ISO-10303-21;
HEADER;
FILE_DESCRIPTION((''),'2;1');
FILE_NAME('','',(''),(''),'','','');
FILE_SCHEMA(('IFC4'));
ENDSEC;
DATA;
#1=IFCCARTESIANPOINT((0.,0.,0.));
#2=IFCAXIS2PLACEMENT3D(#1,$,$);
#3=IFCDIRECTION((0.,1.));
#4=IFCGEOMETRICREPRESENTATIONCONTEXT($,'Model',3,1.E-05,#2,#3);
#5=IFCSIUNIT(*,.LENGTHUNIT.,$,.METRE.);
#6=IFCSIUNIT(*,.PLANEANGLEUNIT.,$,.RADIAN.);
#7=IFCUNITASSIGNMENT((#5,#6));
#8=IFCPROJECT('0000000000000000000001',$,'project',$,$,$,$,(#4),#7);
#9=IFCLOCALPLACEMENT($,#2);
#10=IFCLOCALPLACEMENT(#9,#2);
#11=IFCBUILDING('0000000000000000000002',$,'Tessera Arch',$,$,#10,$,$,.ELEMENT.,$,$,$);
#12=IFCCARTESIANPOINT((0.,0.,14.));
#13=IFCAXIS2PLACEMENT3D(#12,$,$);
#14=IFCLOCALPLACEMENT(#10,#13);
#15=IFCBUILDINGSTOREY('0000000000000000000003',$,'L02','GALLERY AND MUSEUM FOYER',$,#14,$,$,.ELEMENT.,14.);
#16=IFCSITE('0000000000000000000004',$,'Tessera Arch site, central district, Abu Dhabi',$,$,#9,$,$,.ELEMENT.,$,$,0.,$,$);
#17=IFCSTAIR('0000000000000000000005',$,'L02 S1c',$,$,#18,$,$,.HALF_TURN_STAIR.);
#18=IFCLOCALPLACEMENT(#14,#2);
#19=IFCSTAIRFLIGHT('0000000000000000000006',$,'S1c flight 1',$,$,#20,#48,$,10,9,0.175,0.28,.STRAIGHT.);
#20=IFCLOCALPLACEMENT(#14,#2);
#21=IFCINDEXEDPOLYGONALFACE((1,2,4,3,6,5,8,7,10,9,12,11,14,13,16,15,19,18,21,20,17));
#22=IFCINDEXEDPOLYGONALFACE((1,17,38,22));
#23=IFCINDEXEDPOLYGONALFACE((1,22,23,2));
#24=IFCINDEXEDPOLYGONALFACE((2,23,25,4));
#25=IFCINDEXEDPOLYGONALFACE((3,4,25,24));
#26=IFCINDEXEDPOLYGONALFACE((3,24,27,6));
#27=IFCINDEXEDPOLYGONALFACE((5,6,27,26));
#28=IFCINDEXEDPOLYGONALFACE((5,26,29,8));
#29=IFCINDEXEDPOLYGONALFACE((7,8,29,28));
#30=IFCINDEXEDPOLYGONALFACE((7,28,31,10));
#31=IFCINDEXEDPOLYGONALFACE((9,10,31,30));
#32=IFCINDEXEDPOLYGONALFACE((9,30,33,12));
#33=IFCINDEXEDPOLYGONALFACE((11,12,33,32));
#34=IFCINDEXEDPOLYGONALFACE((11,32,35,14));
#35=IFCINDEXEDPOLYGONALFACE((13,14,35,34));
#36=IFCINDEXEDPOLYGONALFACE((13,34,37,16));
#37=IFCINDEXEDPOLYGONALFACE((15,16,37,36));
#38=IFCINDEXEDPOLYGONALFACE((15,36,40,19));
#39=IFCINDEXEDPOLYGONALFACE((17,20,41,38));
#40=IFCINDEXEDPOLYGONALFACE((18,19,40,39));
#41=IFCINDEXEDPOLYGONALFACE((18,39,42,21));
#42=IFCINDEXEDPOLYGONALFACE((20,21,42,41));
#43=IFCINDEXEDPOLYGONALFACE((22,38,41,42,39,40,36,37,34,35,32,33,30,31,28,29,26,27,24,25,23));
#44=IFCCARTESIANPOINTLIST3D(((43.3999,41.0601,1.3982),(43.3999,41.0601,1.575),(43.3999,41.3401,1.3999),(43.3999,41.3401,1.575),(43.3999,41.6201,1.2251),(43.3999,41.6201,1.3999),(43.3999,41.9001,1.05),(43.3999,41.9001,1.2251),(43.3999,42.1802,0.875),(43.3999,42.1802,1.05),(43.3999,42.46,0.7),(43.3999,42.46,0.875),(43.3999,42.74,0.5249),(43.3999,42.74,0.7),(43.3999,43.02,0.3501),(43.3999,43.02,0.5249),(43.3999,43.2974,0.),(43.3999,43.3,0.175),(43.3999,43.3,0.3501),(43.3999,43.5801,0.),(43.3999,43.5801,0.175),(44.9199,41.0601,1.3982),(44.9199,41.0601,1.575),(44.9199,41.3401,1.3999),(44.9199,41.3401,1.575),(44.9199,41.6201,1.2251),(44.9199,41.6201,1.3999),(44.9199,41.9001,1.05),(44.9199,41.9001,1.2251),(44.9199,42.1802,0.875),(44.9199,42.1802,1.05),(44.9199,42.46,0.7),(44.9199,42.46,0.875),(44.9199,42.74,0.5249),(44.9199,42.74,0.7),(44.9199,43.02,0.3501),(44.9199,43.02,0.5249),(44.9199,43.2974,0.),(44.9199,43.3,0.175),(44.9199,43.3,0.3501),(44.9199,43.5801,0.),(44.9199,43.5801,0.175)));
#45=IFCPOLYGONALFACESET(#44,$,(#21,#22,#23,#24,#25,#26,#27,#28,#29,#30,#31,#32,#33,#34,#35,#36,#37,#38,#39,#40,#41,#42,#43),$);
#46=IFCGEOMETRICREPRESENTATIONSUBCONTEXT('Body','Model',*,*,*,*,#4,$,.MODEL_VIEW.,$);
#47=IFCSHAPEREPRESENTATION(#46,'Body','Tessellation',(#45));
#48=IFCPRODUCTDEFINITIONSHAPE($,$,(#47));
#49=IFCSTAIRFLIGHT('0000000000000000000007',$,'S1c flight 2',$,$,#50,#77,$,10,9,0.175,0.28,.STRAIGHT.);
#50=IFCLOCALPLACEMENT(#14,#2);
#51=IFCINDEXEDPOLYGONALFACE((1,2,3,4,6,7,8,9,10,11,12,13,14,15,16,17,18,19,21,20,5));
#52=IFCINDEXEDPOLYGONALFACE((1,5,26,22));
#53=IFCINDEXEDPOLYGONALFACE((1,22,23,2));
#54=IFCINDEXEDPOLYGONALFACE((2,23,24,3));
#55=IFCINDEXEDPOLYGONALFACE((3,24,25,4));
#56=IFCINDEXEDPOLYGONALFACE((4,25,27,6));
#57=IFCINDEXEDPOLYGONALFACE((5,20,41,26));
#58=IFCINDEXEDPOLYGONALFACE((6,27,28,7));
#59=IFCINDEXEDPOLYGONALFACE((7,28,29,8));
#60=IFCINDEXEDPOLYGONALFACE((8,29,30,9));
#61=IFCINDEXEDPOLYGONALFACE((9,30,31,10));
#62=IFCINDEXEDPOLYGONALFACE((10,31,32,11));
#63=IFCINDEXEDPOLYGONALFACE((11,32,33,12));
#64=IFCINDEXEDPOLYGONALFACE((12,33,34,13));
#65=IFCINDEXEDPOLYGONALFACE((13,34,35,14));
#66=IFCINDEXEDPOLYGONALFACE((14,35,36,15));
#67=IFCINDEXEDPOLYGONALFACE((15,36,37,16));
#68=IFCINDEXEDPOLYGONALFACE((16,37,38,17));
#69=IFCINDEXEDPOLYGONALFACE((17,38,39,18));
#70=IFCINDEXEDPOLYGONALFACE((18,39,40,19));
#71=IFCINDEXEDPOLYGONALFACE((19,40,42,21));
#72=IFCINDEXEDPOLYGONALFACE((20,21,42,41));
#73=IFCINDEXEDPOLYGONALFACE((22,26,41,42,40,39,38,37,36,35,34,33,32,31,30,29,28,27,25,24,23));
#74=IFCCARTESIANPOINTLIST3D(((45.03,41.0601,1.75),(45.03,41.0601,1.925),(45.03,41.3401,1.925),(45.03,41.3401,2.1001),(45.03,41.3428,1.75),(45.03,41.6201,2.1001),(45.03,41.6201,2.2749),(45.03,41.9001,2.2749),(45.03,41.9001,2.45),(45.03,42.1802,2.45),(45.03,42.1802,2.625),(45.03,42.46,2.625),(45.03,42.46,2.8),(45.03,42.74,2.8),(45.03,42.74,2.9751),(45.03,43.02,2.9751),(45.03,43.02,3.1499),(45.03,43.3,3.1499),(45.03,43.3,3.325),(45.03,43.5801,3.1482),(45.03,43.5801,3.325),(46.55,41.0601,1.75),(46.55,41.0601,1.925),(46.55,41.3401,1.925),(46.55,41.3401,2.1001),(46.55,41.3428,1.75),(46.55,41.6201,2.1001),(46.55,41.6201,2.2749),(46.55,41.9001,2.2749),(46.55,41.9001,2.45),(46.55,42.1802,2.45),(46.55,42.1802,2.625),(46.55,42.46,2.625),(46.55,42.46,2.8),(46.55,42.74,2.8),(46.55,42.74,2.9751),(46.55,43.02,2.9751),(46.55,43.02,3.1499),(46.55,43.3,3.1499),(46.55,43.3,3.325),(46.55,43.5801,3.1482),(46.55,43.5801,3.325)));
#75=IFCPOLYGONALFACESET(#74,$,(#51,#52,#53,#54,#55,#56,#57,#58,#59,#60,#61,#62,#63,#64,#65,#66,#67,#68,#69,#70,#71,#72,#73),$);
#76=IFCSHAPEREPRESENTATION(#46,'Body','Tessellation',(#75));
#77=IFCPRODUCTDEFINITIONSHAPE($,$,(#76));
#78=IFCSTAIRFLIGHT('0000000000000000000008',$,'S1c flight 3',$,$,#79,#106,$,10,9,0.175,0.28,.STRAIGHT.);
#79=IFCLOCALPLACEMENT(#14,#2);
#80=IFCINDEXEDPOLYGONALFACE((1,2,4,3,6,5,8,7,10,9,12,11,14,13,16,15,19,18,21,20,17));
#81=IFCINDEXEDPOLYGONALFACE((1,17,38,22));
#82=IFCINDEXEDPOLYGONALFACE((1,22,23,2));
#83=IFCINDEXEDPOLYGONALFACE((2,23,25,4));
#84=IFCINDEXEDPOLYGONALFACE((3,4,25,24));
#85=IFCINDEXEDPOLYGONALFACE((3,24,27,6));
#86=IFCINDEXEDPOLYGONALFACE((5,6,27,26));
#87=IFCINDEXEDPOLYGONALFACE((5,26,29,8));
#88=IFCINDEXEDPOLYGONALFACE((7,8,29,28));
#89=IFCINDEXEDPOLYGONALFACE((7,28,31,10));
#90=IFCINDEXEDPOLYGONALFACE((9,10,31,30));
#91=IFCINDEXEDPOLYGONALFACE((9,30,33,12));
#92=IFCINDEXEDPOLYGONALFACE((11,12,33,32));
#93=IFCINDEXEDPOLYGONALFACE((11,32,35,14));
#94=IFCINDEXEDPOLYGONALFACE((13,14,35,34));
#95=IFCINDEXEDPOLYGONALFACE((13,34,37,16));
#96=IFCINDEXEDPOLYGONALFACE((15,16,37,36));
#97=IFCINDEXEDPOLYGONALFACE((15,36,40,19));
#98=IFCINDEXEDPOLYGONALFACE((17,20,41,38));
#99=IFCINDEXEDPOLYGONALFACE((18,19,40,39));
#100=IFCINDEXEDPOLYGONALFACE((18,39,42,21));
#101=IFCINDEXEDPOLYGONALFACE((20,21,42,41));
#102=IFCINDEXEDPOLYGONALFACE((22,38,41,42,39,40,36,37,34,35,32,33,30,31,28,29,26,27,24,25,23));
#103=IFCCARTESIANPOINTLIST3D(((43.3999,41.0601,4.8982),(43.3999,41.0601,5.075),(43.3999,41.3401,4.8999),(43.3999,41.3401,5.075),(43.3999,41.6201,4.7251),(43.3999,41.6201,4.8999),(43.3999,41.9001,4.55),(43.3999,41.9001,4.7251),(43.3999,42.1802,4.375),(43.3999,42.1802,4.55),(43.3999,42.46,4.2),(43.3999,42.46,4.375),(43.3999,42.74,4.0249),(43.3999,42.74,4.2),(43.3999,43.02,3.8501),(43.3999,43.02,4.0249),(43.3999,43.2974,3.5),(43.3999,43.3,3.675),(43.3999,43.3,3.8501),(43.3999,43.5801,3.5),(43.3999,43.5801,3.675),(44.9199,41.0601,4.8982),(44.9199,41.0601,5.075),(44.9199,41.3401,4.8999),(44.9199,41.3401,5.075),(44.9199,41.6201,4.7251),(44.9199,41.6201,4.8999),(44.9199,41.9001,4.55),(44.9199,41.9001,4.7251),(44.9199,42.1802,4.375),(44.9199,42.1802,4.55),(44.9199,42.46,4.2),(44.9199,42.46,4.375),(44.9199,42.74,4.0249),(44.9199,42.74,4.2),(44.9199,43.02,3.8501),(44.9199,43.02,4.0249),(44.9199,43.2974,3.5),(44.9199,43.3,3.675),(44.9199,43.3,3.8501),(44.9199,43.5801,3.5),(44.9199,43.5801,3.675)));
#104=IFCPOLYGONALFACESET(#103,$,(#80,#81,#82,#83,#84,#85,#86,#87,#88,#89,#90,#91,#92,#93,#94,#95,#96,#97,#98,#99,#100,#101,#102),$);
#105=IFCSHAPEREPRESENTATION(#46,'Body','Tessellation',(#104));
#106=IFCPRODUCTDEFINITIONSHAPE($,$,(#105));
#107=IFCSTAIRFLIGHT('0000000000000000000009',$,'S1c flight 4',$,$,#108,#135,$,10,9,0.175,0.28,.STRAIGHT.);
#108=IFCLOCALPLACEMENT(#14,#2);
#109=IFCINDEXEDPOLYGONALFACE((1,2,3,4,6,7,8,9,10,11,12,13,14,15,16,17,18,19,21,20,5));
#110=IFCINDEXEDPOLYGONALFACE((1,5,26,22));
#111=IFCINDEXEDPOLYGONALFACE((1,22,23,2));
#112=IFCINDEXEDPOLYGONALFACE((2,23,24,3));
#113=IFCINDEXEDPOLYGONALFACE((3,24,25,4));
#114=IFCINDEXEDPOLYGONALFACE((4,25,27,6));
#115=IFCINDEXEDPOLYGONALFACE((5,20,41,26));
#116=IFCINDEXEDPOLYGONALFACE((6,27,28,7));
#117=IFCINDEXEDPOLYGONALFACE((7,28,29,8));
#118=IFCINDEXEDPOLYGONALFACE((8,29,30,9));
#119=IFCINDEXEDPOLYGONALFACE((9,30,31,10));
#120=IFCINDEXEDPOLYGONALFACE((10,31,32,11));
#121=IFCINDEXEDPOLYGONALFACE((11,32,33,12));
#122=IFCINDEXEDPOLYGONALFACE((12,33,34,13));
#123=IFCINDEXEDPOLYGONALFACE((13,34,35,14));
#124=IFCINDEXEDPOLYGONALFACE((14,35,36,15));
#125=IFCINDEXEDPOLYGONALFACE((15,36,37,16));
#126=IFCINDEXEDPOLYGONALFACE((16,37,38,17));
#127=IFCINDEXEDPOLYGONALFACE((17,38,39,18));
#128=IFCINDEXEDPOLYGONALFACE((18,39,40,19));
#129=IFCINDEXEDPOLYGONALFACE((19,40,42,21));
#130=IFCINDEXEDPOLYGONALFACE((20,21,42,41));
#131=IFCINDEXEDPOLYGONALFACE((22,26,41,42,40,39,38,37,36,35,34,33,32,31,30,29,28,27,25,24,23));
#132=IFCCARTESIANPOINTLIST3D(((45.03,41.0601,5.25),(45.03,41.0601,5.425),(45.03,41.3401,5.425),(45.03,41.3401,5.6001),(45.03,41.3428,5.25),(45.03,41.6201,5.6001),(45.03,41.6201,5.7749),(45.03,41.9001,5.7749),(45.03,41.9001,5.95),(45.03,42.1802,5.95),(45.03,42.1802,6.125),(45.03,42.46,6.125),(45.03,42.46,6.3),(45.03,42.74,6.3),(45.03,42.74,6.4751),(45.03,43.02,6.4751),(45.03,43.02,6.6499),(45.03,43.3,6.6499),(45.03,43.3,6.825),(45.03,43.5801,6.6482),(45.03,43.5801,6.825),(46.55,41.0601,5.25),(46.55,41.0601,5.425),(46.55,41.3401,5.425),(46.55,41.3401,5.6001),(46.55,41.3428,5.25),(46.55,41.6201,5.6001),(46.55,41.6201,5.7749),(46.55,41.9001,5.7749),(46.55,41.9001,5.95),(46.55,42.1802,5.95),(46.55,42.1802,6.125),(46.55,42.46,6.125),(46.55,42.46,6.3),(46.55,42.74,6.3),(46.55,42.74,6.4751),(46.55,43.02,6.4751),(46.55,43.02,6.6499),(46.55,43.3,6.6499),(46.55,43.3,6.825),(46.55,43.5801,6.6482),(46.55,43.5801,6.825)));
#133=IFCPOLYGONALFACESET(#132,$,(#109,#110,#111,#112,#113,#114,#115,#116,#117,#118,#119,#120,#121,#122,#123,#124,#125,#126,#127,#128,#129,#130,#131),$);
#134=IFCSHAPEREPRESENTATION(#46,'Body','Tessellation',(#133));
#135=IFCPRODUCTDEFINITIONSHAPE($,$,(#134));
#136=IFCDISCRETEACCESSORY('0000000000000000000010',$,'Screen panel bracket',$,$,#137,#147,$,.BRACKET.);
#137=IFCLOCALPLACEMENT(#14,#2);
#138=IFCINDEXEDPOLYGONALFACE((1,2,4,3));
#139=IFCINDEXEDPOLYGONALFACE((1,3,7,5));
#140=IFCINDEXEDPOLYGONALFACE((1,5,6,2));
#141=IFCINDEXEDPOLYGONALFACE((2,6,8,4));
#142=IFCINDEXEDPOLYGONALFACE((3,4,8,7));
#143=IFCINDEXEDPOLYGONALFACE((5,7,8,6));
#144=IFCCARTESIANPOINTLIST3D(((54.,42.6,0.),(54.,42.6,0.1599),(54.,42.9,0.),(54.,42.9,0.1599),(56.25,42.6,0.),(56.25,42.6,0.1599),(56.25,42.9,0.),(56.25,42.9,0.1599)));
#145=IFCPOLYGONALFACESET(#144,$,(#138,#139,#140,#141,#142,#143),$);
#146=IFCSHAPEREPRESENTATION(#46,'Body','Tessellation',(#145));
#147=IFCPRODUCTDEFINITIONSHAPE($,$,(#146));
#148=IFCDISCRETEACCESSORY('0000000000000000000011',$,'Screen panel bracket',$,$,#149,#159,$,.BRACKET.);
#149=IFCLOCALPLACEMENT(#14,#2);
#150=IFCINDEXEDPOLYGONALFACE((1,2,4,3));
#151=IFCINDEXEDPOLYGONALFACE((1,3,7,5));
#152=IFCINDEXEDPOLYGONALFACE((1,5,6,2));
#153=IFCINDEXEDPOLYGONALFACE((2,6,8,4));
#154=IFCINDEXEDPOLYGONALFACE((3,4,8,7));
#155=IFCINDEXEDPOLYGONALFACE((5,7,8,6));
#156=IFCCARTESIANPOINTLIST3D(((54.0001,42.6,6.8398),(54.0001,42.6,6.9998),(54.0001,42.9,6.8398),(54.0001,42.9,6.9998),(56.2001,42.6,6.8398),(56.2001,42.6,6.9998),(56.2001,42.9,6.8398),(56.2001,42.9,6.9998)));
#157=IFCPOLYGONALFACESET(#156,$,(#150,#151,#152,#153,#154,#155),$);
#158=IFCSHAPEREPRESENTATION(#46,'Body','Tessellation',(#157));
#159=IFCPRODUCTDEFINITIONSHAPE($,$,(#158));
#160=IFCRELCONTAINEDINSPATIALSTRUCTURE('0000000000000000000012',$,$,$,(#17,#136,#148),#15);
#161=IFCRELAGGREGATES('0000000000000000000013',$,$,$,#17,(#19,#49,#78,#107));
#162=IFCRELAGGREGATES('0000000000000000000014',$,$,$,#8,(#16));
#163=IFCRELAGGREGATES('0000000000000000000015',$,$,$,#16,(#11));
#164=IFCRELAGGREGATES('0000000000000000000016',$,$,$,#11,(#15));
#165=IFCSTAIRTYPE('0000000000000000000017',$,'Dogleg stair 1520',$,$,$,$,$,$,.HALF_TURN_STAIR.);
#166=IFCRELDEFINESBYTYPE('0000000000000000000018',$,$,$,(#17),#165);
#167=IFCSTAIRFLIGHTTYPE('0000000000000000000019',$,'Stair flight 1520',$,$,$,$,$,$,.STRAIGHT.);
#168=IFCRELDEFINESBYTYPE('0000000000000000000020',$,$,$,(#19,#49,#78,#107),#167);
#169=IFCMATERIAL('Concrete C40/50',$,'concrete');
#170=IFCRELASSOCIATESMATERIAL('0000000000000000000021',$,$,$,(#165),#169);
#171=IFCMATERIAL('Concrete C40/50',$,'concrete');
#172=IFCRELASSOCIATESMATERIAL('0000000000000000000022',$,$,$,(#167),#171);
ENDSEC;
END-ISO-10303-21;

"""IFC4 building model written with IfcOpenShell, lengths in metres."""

from ifc_helpers import new_model, si_unit, direction, frame, origin, origin_2d, place, context, subcontext, project, spatial, polyline, rectangle, outline, extrude, material, type_object, element, aggregate, save


model = new_model("IFC4")

# Units and contexts
model_context = context("Model", 3, precision=1e-05, world=origin(), true_north=direction((0.0, 1.0)))
body_context = subcontext(model_context, "Body", "Model", "MODEL_VIEW")
ifc_project = project(units=[si_unit("LENGTHUNIT", "METRE"), si_unit("PLANEANGLEUNIT", "RADIAN")], contexts=[model_context])

# Site, building, storey
site_placement = place(None, origin())
site = spatial("IfcSite", under=ifc_project, at=site_placement, Name="Tessera Arch site, central district, Abu Dhabi", CompositionType="ELEMENT", RefElevation=0.0)
building_placement = place(site_placement, origin())
building = spatial("IfcBuilding", under=site, at=building_placement, Name="Tessera Arch", CompositionType="ELEMENT")
storey_placement = place(building_placement, frame((0.0, 0.0, 14.0)))
storey = spatial("IfcBuildingStorey", under=building, at=storey_placement, Name="L02", Description="GALLERY AND MUSEUM FOYER", CompositionType="ELEMENT", Elevation=14.0)

# Stair, stair flights
ifc_material_1 = material(Name="Concrete C40/50", Category="concrete")
stair_type = type_object("IfcStairType", Name="Dogleg stair 1520", PredefinedType="HALF_TURN_STAIR", material=ifc_material_1)
ifc_material_2 = material(Name="Concrete C40/50", Category="concrete")
stair_flight_type = type_object("IfcStairFlightType", Name="Stair flight 1520", PredefinedType="STRAIGHT", material=ifc_material_2)
stair_1_placement = place(storey_placement, origin())
stair_1 = element("IfcStair", 1, at=stair_1_placement, inside=storey, type_object=stair_type, Name="L02 S1c", PredefinedType="HALF_TURN_STAIR")
stair_flight_1_placement = place(storey_placement, frame((44.1599, 43.5801, 0.0), z_axis=(0.0, 0.0, 1.0), x_axis=(0.0, -1.0, 0.0)))
stair_flight_1 = element("IfcStairFlight", 2, at=stair_flight_1_placement, type_object=stair_flight_type, Name="S1c flight 1", NumberOfRisers=10, NumberOfTreads=9, PredefinedType="STRAIGHT", RiserHeight=0.175, TreadLength=0.28, context=body_context, shape_type="SweptSolid", body=[
    extrude(outline(polyline([(0.0, 0.0), (0.0, 0.175), (0.28, 0.175), (0.28, 0.3501), (0.5601, 0.3501), (0.5601, 0.5249), (0.8401, 0.5249), (0.8401, 0.7), (1.1201, 0.7), (1.1201, 0.875), (1.3999, 0.875), (1.3999, 1.05), (1.6799, 1.05), (1.6799, 1.2251), (1.96, 1.2251), (1.96, 1.3999), (2.24, 1.3999), (2.24, 1.575), (2.52, 1.575), (2.52, 1.75), (2.52, 1.3982), (0.2827, 0.0), (0.0, 0.0)])), frame((0.0, 0.76, 0.0), z_axis=(0.0, -1.0, 0.0), x_axis=(1.0, 0.0, 0.0)), (0.0, 0.0, 1.0), 1.52),
])
stair_flight_2_placement = place(storey_placement, frame((45.79, 41.0601, 1.75), z_axis=(0.0, 0.0, 1.0), x_axis=(0.0, 1.0, 0.0)))
stair_flight_2 = element("IfcStairFlight", 3, at=stair_flight_2_placement, type_object=stair_flight_type, Name="S1c flight 2", NumberOfRisers=10, NumberOfTreads=9, PredefinedType="STRAIGHT", RiserHeight=0.175, TreadLength=0.28, context=body_context, shape_type="SweptSolid", body=[
    extrude(outline(polyline([(0.0, 0.0), (0.0, 0.175), (0.28, 0.175), (0.28, 0.3501), (0.5601, 0.3501), (0.5601, 0.5249), (0.8401, 0.5249), (0.8401, 0.7), (1.1201, 0.7), (1.1201, 0.875), (1.3999, 0.875), (1.3999, 1.05), (1.6799, 1.05), (1.6799, 1.2251), (1.96, 1.2251), (1.96, 1.3999), (2.24, 1.3999), (2.24, 1.575), (2.52, 1.575), (2.52, 1.75), (2.52, 1.3982), (0.2827, 0.0), (0.0, 0.0)])), frame((0.0, 0.76, 0.0), z_axis=(0.0, -1.0, 0.0), x_axis=(1.0, 0.0, 0.0)), (0.0, 0.0, 1.0), 1.52),
])
stair_flight_3_placement = place(storey_placement, frame((44.1599, 43.5801, 3.5), z_axis=(0.0, 0.0, 1.0), x_axis=(0.0, -1.0, 0.0)))
stair_flight_3 = element("IfcStairFlight", 4, at=stair_flight_3_placement, type_object=stair_flight_type, Name="S1c flight 3", NumberOfRisers=10, NumberOfTreads=9, PredefinedType="STRAIGHT", RiserHeight=0.175, TreadLength=0.28, context=body_context, shape_type="SweptSolid", body=[
    extrude(outline(polyline([(0.0, 0.0), (0.0, 0.175), (0.28, 0.175), (0.28, 0.3501), (0.5601, 0.3501), (0.5601, 0.5249), (0.8401, 0.5249), (0.8401, 0.7), (1.1201, 0.7), (1.1201, 0.875), (1.3999, 0.875), (1.3999, 1.05), (1.6799, 1.05), (1.6799, 1.2251), (1.96, 1.2251), (1.96, 1.3999), (2.24, 1.3999), (2.24, 1.575), (2.52, 1.575), (2.52, 1.75), (2.52, 1.3982), (0.2827, 0.0), (0.0, 0.0)])), frame((0.0, 0.76, 0.0), z_axis=(0.0, -1.0, 0.0), x_axis=(1.0, 0.0, 0.0)), (0.0, 0.0, 1.0), 1.52),
])
stair_flight_4_placement = place(storey_placement, frame((45.79, 41.0601, 5.25), z_axis=(0.0, 0.0, 1.0), x_axis=(0.0, 1.0, 0.0)))
stair_flight_4 = element("IfcStairFlight", 5, at=stair_flight_4_placement, type_object=stair_flight_type, Name="S1c flight 4", NumberOfRisers=10, NumberOfTreads=9, PredefinedType="STRAIGHT", RiserHeight=0.175, TreadLength=0.28, context=body_context, shape_type="SweptSolid", body=[
    extrude(outline(polyline([(0.0, 0.0), (0.0, 0.175), (0.28, 0.175), (0.28, 0.3501), (0.5601, 0.3501), (0.5601, 0.5249), (0.8401, 0.5249), (0.8401, 0.7), (1.1201, 0.7), (1.1201, 0.875), (1.3999, 0.875), (1.3999, 1.05), (1.6799, 1.05), (1.6799, 1.2251), (1.96, 1.2251), (1.96, 1.3999), (2.24, 1.3999), (2.24, 1.575), (2.52, 1.575), (2.52, 1.75), (2.52, 1.3982), (0.2827, 0.0), (0.0, 0.0)])), frame((0.0, 0.76, 0.0), z_axis=(0.0, -1.0, 0.0), x_axis=(1.0, 0.0, 0.0)), (0.0, 0.0, 1.0), 1.52),
])
aggregate(stair_1, [stair_flight_1, stair_flight_2, stair_flight_3, stair_flight_4])

# Discrete accessories
discrete_accessory_1_placement = place(storey_placement, frame((55.125, 42.75, 0.0), z_axis=(0.0, 0.0, 1.0), x_axis=(1.0, 0.0, 0.0)))
element("IfcDiscreteAccessory", 6, at=discrete_accessory_1_placement, inside=storey, Name="Screen panel bracket", PredefinedType="BRACKET", context=body_context, shape_type="SweptSolid", body=[
    extrude(rectangle(XDim=2.25, YDim=0.3, at=origin_2d()), origin(), (0.0, 0.0, 1.0), 0.1599),
])
discrete_accessory_2_placement = place(storey_placement, frame((55.1001, 42.75, 6.8398), z_axis=(0.0, 0.0, 1.0), x_axis=(1.0, 0.0, 0.0)))
element("IfcDiscreteAccessory", 7, at=discrete_accessory_2_placement, inside=storey, Name="Screen panel bracket", PredefinedType="BRACKET", context=body_context, shape_type="SweptSolid", body=[
    extrude(rectangle(XDim=2.2, YDim=0.3, at=origin_2d()), origin(), (0.0, 0.0, 1.0), 0.1599),
])

save(model, "model.ifc")
